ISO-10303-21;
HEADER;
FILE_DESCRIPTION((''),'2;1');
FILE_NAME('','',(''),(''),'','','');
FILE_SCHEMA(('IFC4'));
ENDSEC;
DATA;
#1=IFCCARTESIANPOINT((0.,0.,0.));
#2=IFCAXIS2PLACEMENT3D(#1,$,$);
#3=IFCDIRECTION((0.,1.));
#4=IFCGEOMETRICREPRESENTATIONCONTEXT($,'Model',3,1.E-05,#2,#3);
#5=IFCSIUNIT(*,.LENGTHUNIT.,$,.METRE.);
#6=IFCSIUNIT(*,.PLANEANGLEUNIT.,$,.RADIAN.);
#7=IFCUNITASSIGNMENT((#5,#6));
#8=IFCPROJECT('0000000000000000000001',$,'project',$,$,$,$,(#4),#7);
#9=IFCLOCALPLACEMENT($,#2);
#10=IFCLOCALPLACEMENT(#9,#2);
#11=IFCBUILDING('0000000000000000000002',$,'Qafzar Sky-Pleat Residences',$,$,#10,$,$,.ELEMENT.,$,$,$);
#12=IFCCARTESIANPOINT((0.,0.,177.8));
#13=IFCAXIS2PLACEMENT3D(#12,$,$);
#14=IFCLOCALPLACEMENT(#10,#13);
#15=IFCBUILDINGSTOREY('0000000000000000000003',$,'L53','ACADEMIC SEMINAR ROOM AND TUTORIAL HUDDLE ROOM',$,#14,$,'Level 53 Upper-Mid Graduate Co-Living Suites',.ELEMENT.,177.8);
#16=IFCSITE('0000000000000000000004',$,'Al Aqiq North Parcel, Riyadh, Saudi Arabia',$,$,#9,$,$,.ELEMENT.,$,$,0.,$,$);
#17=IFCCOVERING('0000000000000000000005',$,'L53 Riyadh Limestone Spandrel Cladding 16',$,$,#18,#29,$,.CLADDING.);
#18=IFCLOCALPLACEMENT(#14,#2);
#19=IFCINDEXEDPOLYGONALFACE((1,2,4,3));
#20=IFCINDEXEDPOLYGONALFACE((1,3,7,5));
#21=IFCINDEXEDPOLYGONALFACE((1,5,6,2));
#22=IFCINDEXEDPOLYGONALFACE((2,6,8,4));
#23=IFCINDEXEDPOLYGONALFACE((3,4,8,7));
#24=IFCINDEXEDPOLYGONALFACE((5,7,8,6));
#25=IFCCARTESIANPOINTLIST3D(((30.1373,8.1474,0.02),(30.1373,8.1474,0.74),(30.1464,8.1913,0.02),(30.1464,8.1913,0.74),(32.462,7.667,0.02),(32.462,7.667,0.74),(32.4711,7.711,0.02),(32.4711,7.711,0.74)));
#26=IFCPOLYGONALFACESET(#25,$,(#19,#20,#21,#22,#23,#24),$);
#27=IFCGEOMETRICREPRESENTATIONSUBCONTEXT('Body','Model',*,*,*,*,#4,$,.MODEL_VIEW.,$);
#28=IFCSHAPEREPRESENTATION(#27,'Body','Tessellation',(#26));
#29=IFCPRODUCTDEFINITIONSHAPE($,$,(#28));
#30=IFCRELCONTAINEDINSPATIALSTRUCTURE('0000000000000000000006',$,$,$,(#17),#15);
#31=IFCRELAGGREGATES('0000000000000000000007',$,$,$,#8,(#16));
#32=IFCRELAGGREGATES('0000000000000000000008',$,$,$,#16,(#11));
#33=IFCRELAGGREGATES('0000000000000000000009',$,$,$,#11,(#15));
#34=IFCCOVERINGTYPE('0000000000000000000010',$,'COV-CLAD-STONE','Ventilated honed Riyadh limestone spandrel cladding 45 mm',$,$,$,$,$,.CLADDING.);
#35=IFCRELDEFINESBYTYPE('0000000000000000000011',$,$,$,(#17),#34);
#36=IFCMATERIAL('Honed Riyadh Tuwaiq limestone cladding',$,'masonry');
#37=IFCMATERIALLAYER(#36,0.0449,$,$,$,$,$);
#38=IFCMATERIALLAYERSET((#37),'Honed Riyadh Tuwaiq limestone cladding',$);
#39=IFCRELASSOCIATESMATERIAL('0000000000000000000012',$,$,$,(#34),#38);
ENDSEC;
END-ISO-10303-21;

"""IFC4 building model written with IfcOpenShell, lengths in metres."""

from ifc_helpers import new_model, si_unit, direction, frame, origin, origin_2d, place, context, subcontext, project, spatial, rectangle, extrude, source, transform, mapped, material, layer, layer_set, type_object, element, save


model = new_model("IFC4")

# Units and contexts
model_context = context("Model", 3, precision=1e-05, world=origin(), true_north=direction((0.0, 1.0)))
body_context = subcontext(model_context, "Body", "Model", "MODEL_VIEW")
ifc_project = project(units=[si_unit("LENGTHUNIT", "METRE"), si_unit("PLANEANGLEUNIT", "RADIAN")], contexts=[model_context])

# Site, building, storey
site_placement = place(None, origin())
site = spatial("IfcSite", under=ifc_project, at=site_placement, Name="Al Aqiq North Parcel, Riyadh, Saudi Arabia", CompositionType="ELEMENT", RefElevation=0.0)
building_placement = place(site_placement, origin())
building = spatial("IfcBuilding", under=site, at=building_placement, Name="Qafzar Sky-Pleat Residences", CompositionType="ELEMENT")
storey_placement = place(building_placement, frame((0.0, 0.0, 177.8)))
storey = spatial("IfcBuildingStorey", under=building, at=storey_placement, Name="L53", Description="ACADEMIC SEMINAR ROOM AND TUTORIAL HUDDLE ROOM", LongName="Level 53 Upper-Mid Graduate Co-Living Suites", CompositionType="ELEMENT", Elevation=177.8)

# Covering
ifc_material_1 = material(Name="Honed Riyadh Tuwaiq limestone cladding", Category="masonry")
ifc_layer_1 = layer(ifc_material_1, 0.0449)
ifc_layer_set_1 = layer_set([ifc_layer_1], Name="Honed Riyadh Tuwaiq limestone cladding")
covering_type = type_object("IfcCoveringType", Name="COV-CLAD-STONE", Description="Ventilated honed Riyadh limestone spandrel cladding 45 mm", PredefinedType="CLADDING", material=ifc_layer_set_1)
shared_shape_1 = source(origin(), body_context, "Body", "SweptSolid", [
    extrude(rectangle(XDim=2.3738, YDim=0.0449, at=origin_2d()), origin(), (0.0, 0.0, 1.0), 0.72),
])
covering_placement = place(storey_placement, frame((31.3042, 7.9292, 0.02), z_axis=(0.0, 0.0, 1.0), x_axis=(0.979316, -0.202339, 0.0)))
element("IfcCovering", 1, at=covering_placement, inside=storey, type_object=covering_type, Name="L53 Riyadh Limestone Spandrel Cladding 16", PredefinedType="CLADDING", context=body_context, shape_type="MappedRepresentation", body=[
    mapped(shared_shape_1, transform((0.0, 0.0, 0.0), x_axis=(1.0, 0.0, 0.0), y_axis=(0.0, 1.0, 0.0), z_axis=(0.0, 0.0, 1.0), scale=1.0)),
])

save(model, "model.ifc")
